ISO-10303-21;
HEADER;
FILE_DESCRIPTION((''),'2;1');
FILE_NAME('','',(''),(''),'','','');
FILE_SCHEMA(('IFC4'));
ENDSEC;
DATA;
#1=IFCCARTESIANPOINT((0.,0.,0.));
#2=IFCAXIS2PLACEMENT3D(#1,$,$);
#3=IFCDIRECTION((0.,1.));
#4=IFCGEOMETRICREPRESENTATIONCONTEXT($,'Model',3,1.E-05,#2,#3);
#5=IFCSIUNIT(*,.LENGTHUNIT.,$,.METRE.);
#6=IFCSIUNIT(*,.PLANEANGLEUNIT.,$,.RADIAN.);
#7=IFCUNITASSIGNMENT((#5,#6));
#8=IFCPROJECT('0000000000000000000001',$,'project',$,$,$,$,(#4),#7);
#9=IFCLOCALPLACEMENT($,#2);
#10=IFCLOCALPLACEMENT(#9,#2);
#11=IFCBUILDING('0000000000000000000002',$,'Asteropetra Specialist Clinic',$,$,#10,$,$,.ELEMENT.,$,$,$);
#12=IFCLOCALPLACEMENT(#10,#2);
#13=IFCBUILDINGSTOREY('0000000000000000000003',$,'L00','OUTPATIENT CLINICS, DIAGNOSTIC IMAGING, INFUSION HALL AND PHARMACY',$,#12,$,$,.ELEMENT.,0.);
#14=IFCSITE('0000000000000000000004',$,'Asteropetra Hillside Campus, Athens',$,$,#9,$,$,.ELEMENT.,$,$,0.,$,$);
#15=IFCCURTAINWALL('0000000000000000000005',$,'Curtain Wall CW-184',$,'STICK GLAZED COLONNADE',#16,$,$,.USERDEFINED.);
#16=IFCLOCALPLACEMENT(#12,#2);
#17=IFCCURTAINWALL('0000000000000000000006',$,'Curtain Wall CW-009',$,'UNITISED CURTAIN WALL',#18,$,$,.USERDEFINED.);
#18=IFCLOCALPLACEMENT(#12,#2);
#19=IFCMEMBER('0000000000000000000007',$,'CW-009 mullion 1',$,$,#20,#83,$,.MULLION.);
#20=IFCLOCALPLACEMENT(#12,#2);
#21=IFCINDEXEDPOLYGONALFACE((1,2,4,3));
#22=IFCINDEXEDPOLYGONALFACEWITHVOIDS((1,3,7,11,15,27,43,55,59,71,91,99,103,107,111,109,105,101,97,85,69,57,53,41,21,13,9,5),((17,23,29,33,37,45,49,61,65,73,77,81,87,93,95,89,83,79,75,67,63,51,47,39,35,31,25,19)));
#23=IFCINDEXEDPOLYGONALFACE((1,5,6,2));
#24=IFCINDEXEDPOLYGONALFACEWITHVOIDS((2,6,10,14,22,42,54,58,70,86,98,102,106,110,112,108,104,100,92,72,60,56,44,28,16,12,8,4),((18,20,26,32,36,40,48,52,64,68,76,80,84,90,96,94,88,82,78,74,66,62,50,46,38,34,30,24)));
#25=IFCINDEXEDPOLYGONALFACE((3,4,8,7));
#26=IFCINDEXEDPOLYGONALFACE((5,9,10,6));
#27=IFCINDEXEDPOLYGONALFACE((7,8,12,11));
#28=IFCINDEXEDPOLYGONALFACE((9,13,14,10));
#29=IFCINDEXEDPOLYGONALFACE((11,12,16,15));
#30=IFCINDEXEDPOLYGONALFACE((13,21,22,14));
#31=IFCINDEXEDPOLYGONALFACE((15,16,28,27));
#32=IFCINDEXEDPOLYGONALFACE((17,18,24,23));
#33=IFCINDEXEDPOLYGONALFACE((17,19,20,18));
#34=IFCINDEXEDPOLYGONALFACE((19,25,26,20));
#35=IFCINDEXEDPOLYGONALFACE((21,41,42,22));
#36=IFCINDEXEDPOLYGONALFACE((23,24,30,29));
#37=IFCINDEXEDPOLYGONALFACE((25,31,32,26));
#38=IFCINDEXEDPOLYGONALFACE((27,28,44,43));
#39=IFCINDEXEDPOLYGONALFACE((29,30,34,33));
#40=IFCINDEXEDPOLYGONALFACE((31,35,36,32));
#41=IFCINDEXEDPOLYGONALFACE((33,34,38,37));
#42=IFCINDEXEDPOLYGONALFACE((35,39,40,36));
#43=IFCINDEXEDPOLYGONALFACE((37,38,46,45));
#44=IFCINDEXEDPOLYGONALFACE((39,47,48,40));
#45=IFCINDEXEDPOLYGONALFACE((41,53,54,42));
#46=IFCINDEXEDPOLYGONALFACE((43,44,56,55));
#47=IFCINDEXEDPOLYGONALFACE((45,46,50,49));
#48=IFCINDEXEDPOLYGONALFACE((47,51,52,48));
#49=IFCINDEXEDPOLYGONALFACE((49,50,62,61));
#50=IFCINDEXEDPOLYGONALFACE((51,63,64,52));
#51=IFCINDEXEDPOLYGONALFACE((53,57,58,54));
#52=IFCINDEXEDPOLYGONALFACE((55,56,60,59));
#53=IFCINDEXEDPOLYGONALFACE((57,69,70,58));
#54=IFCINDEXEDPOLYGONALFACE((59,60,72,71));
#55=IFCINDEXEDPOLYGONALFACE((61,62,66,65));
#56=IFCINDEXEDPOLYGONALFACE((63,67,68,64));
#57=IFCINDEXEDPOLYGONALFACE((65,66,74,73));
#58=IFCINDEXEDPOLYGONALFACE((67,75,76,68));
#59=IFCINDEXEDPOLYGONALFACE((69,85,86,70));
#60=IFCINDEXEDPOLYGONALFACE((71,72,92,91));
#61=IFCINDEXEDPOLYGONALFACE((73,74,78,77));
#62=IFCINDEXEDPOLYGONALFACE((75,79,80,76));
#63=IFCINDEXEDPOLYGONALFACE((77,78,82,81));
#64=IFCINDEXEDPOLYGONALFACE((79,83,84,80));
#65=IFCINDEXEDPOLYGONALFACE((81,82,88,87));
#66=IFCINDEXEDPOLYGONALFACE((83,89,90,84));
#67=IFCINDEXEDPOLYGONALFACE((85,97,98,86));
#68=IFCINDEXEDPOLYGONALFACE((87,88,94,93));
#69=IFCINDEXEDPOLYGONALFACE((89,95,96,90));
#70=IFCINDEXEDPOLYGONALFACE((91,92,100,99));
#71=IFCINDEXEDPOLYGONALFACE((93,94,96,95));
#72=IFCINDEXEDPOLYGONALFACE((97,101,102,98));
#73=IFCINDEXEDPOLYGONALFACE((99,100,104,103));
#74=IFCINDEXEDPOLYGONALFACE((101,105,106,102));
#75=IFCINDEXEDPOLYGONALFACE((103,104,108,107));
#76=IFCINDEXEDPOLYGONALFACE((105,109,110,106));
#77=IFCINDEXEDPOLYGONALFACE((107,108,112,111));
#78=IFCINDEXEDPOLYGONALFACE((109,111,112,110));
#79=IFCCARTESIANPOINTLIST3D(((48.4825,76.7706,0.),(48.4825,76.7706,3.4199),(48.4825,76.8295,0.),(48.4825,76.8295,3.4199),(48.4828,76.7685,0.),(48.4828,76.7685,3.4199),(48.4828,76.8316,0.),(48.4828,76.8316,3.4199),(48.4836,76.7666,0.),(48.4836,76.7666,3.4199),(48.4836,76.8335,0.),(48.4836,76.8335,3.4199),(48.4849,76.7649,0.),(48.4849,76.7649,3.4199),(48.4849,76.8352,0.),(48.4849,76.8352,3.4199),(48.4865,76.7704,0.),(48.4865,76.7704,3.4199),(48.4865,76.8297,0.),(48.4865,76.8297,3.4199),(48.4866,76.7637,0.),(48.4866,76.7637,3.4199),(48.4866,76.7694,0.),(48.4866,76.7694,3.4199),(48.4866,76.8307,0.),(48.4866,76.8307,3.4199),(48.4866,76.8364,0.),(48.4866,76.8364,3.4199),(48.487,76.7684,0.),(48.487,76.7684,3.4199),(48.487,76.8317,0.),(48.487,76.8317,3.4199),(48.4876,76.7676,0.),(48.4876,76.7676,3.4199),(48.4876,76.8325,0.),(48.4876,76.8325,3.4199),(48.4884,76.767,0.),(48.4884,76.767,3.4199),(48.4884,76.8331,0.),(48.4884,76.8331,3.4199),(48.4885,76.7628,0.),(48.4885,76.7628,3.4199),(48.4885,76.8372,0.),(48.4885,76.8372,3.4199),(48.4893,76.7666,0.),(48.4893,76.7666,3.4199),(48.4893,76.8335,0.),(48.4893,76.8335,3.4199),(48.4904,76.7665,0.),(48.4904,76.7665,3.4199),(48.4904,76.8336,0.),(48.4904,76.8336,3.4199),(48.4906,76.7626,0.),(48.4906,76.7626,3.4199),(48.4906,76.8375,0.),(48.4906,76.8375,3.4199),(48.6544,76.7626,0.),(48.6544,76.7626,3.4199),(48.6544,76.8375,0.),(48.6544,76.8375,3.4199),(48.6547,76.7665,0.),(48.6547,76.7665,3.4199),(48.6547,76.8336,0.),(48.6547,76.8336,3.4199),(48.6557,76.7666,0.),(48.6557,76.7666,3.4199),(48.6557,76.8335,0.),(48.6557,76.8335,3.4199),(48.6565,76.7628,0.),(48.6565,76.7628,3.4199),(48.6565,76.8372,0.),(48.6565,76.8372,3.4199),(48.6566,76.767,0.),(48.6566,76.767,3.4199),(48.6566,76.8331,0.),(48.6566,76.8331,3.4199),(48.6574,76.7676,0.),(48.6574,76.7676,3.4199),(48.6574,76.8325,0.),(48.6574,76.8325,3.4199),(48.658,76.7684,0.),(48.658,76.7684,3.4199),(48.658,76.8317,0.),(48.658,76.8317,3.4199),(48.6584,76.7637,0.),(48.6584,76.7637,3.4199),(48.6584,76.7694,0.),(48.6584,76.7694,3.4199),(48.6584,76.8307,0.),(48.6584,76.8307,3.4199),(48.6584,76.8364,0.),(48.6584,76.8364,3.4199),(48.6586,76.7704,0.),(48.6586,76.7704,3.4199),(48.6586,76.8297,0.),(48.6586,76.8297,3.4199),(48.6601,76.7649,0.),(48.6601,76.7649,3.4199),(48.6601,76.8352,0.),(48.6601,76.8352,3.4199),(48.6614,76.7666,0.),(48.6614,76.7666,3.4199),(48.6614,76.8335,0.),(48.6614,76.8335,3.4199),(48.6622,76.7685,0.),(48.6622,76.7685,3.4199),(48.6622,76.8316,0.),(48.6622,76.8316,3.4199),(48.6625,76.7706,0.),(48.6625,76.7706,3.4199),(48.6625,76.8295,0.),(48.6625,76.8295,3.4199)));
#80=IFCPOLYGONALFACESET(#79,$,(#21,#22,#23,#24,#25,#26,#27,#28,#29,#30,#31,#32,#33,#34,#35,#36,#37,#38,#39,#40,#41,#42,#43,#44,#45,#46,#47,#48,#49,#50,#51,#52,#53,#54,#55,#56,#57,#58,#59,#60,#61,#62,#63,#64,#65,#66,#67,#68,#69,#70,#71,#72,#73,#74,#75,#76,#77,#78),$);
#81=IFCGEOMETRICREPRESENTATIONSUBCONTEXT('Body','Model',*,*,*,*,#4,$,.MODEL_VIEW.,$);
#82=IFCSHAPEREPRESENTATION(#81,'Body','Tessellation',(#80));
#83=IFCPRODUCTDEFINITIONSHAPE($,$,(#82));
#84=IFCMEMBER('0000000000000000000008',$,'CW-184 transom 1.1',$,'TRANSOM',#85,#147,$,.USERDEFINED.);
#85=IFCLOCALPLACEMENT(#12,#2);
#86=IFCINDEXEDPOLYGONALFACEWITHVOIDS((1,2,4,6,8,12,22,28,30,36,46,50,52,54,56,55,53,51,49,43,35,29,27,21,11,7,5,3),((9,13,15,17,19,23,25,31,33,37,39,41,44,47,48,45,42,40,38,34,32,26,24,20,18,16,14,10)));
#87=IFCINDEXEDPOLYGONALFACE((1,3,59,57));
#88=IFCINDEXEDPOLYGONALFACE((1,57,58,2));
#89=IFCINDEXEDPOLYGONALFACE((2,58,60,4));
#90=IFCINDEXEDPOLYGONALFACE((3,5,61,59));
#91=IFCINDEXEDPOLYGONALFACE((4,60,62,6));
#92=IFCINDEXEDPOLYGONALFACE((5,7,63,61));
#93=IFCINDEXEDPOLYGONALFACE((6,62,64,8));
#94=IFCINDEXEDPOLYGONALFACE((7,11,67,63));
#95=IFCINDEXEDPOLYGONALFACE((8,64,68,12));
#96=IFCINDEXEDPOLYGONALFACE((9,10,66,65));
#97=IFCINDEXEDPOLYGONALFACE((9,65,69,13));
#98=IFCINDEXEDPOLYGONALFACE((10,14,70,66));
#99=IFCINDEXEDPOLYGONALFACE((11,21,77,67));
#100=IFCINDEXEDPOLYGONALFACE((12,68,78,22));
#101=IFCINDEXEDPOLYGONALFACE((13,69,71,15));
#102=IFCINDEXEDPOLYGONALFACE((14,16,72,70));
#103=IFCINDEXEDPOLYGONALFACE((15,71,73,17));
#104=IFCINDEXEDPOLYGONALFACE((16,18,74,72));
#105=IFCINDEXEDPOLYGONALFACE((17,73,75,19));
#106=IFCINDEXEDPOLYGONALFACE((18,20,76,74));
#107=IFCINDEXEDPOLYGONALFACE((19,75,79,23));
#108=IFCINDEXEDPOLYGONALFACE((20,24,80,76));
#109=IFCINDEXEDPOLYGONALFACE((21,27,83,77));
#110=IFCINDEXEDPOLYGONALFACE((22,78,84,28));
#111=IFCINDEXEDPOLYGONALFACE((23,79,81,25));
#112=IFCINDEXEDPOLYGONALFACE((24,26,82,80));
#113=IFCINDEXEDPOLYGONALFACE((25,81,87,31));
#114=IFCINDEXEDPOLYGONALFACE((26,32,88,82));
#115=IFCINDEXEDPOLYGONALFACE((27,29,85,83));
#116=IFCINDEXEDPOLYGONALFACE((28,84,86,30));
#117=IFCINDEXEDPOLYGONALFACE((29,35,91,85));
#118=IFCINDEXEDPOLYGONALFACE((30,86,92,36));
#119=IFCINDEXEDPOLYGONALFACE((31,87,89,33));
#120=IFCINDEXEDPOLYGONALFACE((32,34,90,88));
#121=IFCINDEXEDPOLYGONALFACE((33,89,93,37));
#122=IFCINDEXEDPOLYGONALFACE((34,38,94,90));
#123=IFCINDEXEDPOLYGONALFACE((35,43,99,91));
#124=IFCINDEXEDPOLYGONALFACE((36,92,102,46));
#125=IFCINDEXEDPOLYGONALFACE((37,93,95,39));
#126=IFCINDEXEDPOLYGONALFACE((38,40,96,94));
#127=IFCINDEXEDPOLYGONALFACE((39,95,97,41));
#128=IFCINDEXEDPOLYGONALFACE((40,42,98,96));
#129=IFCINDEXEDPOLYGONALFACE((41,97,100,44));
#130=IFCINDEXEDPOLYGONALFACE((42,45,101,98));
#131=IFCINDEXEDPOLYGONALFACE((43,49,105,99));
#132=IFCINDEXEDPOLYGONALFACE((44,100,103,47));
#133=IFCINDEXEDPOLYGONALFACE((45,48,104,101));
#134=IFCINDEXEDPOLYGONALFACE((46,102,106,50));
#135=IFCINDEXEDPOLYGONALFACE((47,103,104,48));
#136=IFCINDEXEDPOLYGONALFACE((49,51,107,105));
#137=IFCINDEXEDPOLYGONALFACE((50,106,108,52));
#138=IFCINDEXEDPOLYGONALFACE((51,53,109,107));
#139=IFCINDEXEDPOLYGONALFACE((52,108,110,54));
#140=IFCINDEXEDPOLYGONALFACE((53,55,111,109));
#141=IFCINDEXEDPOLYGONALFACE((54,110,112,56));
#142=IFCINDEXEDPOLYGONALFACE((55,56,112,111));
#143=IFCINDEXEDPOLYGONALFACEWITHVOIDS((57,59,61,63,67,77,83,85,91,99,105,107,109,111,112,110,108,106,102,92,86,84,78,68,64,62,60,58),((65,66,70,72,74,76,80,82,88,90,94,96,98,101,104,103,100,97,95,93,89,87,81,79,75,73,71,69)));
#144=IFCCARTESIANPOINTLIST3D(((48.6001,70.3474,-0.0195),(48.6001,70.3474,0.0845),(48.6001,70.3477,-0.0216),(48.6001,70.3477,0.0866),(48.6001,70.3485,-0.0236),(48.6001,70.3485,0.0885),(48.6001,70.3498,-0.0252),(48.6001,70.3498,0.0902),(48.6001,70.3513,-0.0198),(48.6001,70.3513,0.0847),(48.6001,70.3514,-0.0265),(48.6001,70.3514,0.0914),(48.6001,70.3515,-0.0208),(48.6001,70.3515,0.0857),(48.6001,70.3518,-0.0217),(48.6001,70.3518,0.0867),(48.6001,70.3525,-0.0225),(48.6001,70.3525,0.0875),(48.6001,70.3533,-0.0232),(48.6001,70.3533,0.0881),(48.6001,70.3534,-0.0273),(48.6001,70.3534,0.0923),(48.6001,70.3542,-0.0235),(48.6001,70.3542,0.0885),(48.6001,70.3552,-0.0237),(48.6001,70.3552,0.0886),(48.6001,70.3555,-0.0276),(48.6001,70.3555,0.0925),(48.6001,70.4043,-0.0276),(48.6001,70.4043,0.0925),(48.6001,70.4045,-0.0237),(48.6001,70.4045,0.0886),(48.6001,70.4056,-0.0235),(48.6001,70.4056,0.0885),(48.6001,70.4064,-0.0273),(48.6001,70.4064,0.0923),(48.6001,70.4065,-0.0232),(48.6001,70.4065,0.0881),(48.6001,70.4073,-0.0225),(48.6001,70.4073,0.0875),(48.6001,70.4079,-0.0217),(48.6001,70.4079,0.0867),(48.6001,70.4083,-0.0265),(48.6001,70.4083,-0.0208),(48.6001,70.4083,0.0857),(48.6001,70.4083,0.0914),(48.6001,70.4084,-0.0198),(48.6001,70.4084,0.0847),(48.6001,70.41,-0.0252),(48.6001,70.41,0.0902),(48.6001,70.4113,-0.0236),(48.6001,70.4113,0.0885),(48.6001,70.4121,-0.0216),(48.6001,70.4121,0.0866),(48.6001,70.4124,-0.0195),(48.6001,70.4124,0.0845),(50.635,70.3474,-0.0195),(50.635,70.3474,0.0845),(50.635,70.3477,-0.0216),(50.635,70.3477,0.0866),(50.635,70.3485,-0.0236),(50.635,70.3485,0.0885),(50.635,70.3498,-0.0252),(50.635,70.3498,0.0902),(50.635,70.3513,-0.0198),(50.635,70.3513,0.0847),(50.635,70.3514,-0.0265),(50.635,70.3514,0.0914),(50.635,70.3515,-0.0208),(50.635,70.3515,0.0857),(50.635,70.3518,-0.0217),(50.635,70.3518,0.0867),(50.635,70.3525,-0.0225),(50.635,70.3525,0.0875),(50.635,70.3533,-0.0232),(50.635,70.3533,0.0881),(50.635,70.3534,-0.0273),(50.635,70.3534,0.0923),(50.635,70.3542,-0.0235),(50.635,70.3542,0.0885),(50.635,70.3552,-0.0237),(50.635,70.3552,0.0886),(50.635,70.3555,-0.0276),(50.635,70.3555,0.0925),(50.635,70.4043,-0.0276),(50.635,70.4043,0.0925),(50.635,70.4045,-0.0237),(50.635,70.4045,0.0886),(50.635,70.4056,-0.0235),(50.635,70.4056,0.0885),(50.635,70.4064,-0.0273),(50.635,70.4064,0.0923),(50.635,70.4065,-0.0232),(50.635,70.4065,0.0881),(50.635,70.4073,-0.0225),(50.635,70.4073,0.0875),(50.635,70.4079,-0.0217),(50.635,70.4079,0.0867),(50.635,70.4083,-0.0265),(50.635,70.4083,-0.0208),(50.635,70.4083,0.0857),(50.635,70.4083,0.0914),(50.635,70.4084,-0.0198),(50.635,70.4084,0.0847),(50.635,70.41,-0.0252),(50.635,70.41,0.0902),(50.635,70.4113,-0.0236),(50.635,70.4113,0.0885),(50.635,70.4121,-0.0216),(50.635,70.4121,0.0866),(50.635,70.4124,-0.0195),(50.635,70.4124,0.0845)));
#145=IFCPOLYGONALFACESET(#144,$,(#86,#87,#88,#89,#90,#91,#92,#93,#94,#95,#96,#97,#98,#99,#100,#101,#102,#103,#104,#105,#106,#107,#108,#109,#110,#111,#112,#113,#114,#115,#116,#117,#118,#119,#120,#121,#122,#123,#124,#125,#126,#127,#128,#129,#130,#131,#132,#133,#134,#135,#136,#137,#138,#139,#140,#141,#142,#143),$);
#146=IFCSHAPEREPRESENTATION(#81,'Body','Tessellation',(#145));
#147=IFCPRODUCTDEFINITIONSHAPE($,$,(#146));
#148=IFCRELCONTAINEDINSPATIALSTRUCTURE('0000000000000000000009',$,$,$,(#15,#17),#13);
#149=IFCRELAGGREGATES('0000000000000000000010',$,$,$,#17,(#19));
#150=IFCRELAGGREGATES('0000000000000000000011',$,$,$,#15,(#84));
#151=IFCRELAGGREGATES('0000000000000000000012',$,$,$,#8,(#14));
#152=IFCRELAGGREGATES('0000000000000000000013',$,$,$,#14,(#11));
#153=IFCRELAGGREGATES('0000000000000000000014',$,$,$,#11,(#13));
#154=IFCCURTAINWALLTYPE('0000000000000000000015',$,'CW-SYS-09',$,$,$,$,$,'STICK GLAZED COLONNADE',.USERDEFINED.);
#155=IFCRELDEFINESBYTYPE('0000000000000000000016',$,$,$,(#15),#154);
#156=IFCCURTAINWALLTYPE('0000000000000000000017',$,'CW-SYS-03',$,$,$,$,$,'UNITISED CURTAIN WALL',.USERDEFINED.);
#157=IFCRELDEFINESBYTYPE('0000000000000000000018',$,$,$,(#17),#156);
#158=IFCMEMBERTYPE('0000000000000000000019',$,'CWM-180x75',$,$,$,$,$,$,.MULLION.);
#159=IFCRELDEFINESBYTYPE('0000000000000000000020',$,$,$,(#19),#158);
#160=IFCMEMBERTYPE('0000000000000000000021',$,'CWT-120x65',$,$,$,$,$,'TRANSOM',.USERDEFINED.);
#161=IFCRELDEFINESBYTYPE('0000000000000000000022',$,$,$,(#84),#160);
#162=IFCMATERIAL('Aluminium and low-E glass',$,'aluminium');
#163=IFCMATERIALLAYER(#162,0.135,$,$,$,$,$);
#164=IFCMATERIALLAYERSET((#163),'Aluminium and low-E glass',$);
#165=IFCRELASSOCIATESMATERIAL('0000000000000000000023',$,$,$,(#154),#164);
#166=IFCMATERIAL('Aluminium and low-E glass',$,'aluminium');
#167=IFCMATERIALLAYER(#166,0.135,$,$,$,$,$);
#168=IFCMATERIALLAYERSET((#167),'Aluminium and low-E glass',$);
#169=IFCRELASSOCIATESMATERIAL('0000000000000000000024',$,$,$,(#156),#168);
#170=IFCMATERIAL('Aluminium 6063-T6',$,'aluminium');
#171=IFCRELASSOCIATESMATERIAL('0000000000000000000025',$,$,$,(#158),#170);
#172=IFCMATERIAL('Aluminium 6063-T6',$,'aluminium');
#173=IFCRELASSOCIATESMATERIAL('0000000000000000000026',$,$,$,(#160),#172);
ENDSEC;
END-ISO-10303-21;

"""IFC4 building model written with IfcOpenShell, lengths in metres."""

from ifc_helpers import new_model, si_unit, direction, frame, origin, origin_2d, place, context, subcontext, project, spatial, hollow_rectangle, extrude, material, layer, layer_set, material_profile, profile_set, type_object, element, aggregate, save


model = new_model("IFC4")

# Units and contexts
model_context = context("Model", 3, precision=1e-05, world=origin(), true_north=direction((0.0, 1.0)))
body_context = subcontext(model_context, "Body", "Model", "MODEL_VIEW")
ifc_project = project(units=[si_unit("LENGTHUNIT", "METRE"), si_unit("PLANEANGLEUNIT", "RADIAN")], contexts=[model_context])

# Site, building, storey
site_placement = place(None, origin())
site = spatial("IfcSite", under=ifc_project, at=site_placement, Name="Asteropetra Hillside Campus, Athens", CompositionType="ELEMENT", RefElevation=0.0)
building_placement = place(site_placement, origin())
building = spatial("IfcBuilding", under=site, at=building_placement, Name="Asteropetra Specialist Clinic", CompositionType="ELEMENT")
storey_placement = place(building_placement, origin())
storey = spatial("IfcBuildingStorey", under=building, at=storey_placement, Name="L00", Description="OUTPATIENT CLINICS, DIAGNOSTIC IMAGING, INFUSION HALL AND PHARMACY", CompositionType="ELEMENT", Elevation=0.0)

# Curtain wall
ifc_material_1 = material(Name="Aluminium and low-E glass", Category="aluminium")
ifc_layer_1 = layer(ifc_material_1, 0.135)
ifc_layer_set_1 = layer_set([ifc_layer_1], Name="Aluminium and low-E glass")
curtain_wall_type_1 = type_object("IfcCurtainWallType", Name="CW-SYS-09", ElementType="STICK GLAZED COLONNADE", PredefinedType="USERDEFINED", material=ifc_layer_set_1)
curtain_wall_1_placement = place(storey_placement, origin())
curtain_wall_1 = element("IfcCurtainWall", 1, at=curtain_wall_1_placement, inside=storey, type_object=curtain_wall_type_1, Name="Curtain Wall CW-184", ObjectType="STICK GLAZED COLONNADE", PredefinedType="USERDEFINED")

# Curtain wall, member
ifc_material_2 = material(Name="Aluminium and low-E glass", Category="aluminium")
ifc_layer_2 = layer(ifc_material_2, 0.135)
ifc_layer_set_2 = layer_set([ifc_layer_2], Name="Aluminium and low-E glass")
curtain_wall_type_2 = type_object("IfcCurtainWallType", Name="CW-SYS-03", ElementType="UNITISED CURTAIN WALL", PredefinedType="USERDEFINED", material=ifc_layer_set_2)
curtain_wall_2_placement = place(storey_placement, origin())
curtain_wall_2 = element("IfcCurtainWall", 2, at=curtain_wall_2_placement, inside=storey, type_object=curtain_wall_type_2, Name="Curtain Wall CW-009", ObjectType="UNITISED CURTAIN WALL", PredefinedType="USERDEFINED")
ifc_material_3 = material(Name="Aluminium 6063-T6", Category="aluminium")
ifc_material_profile_1 = material_profile(ifc_material_3, hollow_rectangle(XDim=0.075, YDim=0.1799, WallThickness=0.0039, InnerFilletRadius=0.0039, OuterFilletRadius=0.0081, at=origin_2d()), Name="MUL 180x75x4.0")
ifc_profile_set_1 = profile_set([ifc_material_profile_1], Name="Aluminium 6063-T6")
member_type_1 = type_object("IfcMemberType", Name="CWM-180x75", PredefinedType="MULLION", material=ifc_profile_set_1)
member_1_placement = place(storey_placement, frame((48.5725, 76.8, 0.0), z_axis=(0.0, 0.0, 1.0), x_axis=(0.0, 1.0, 0.0)))
member_1 = element("IfcMember", 3, at=member_1_placement, type_object=member_type_1, Name="CW-009 mullion 1", PredefinedType="MULLION", context=body_context, shape_type="SweptSolid", body=[
    extrude(hollow_rectangle(XDim=0.075, YDim=0.1799, WallThickness=0.0039, InnerFilletRadius=0.0039, OuterFilletRadius=0.0081, at=origin_2d()), origin(), (0.0, 0.0, 1.0), 3.4199),
])

# Member
ifc_material_4 = material(Name="Aluminium 6063-T6", Category="aluminium")
ifc_material_profile_2 = material_profile(ifc_material_4, hollow_rectangle(XDim=0.0649, YDim=0.1201, WallThickness=0.0039, InnerFilletRadius=0.0039, OuterFilletRadius=0.0081, at=origin_2d()), Name="TRN 120x65x4.0")
ifc_profile_set_2 = profile_set([ifc_material_profile_2], Name="Aluminium 6063-T6")
member_type_2 = type_object("IfcMemberType", Name="CWT-120x65", ElementType="TRANSOM", PredefinedType="USERDEFINED", material=ifc_profile_set_2)
member_2_placement = place(storey_placement, frame((48.6001, 70.3799, 0.0325), z_axis=(1.0, 0.0, 0.0), x_axis=(0.0, 1.0, 0.0)))
member_2 = element("IfcMember", 4, at=member_2_placement, type_object=member_type_2, Name="CW-184 transom 1.1", ObjectType="TRANSOM", PredefinedType="USERDEFINED", context=body_context, shape_type="SweptSolid", body=[
    extrude(hollow_rectangle(XDim=0.0649, YDim=0.1201, WallThickness=0.0039, InnerFilletRadius=0.0039, OuterFilletRadius=0.0081, at=origin_2d()), origin(), (0.0, 0.0, 1.0), 2.0349),
])
aggregate(curtain_wall_2, [member_1])

aggregate(curtain_wall_1, [member_2])

save(model, "model.ifc")
